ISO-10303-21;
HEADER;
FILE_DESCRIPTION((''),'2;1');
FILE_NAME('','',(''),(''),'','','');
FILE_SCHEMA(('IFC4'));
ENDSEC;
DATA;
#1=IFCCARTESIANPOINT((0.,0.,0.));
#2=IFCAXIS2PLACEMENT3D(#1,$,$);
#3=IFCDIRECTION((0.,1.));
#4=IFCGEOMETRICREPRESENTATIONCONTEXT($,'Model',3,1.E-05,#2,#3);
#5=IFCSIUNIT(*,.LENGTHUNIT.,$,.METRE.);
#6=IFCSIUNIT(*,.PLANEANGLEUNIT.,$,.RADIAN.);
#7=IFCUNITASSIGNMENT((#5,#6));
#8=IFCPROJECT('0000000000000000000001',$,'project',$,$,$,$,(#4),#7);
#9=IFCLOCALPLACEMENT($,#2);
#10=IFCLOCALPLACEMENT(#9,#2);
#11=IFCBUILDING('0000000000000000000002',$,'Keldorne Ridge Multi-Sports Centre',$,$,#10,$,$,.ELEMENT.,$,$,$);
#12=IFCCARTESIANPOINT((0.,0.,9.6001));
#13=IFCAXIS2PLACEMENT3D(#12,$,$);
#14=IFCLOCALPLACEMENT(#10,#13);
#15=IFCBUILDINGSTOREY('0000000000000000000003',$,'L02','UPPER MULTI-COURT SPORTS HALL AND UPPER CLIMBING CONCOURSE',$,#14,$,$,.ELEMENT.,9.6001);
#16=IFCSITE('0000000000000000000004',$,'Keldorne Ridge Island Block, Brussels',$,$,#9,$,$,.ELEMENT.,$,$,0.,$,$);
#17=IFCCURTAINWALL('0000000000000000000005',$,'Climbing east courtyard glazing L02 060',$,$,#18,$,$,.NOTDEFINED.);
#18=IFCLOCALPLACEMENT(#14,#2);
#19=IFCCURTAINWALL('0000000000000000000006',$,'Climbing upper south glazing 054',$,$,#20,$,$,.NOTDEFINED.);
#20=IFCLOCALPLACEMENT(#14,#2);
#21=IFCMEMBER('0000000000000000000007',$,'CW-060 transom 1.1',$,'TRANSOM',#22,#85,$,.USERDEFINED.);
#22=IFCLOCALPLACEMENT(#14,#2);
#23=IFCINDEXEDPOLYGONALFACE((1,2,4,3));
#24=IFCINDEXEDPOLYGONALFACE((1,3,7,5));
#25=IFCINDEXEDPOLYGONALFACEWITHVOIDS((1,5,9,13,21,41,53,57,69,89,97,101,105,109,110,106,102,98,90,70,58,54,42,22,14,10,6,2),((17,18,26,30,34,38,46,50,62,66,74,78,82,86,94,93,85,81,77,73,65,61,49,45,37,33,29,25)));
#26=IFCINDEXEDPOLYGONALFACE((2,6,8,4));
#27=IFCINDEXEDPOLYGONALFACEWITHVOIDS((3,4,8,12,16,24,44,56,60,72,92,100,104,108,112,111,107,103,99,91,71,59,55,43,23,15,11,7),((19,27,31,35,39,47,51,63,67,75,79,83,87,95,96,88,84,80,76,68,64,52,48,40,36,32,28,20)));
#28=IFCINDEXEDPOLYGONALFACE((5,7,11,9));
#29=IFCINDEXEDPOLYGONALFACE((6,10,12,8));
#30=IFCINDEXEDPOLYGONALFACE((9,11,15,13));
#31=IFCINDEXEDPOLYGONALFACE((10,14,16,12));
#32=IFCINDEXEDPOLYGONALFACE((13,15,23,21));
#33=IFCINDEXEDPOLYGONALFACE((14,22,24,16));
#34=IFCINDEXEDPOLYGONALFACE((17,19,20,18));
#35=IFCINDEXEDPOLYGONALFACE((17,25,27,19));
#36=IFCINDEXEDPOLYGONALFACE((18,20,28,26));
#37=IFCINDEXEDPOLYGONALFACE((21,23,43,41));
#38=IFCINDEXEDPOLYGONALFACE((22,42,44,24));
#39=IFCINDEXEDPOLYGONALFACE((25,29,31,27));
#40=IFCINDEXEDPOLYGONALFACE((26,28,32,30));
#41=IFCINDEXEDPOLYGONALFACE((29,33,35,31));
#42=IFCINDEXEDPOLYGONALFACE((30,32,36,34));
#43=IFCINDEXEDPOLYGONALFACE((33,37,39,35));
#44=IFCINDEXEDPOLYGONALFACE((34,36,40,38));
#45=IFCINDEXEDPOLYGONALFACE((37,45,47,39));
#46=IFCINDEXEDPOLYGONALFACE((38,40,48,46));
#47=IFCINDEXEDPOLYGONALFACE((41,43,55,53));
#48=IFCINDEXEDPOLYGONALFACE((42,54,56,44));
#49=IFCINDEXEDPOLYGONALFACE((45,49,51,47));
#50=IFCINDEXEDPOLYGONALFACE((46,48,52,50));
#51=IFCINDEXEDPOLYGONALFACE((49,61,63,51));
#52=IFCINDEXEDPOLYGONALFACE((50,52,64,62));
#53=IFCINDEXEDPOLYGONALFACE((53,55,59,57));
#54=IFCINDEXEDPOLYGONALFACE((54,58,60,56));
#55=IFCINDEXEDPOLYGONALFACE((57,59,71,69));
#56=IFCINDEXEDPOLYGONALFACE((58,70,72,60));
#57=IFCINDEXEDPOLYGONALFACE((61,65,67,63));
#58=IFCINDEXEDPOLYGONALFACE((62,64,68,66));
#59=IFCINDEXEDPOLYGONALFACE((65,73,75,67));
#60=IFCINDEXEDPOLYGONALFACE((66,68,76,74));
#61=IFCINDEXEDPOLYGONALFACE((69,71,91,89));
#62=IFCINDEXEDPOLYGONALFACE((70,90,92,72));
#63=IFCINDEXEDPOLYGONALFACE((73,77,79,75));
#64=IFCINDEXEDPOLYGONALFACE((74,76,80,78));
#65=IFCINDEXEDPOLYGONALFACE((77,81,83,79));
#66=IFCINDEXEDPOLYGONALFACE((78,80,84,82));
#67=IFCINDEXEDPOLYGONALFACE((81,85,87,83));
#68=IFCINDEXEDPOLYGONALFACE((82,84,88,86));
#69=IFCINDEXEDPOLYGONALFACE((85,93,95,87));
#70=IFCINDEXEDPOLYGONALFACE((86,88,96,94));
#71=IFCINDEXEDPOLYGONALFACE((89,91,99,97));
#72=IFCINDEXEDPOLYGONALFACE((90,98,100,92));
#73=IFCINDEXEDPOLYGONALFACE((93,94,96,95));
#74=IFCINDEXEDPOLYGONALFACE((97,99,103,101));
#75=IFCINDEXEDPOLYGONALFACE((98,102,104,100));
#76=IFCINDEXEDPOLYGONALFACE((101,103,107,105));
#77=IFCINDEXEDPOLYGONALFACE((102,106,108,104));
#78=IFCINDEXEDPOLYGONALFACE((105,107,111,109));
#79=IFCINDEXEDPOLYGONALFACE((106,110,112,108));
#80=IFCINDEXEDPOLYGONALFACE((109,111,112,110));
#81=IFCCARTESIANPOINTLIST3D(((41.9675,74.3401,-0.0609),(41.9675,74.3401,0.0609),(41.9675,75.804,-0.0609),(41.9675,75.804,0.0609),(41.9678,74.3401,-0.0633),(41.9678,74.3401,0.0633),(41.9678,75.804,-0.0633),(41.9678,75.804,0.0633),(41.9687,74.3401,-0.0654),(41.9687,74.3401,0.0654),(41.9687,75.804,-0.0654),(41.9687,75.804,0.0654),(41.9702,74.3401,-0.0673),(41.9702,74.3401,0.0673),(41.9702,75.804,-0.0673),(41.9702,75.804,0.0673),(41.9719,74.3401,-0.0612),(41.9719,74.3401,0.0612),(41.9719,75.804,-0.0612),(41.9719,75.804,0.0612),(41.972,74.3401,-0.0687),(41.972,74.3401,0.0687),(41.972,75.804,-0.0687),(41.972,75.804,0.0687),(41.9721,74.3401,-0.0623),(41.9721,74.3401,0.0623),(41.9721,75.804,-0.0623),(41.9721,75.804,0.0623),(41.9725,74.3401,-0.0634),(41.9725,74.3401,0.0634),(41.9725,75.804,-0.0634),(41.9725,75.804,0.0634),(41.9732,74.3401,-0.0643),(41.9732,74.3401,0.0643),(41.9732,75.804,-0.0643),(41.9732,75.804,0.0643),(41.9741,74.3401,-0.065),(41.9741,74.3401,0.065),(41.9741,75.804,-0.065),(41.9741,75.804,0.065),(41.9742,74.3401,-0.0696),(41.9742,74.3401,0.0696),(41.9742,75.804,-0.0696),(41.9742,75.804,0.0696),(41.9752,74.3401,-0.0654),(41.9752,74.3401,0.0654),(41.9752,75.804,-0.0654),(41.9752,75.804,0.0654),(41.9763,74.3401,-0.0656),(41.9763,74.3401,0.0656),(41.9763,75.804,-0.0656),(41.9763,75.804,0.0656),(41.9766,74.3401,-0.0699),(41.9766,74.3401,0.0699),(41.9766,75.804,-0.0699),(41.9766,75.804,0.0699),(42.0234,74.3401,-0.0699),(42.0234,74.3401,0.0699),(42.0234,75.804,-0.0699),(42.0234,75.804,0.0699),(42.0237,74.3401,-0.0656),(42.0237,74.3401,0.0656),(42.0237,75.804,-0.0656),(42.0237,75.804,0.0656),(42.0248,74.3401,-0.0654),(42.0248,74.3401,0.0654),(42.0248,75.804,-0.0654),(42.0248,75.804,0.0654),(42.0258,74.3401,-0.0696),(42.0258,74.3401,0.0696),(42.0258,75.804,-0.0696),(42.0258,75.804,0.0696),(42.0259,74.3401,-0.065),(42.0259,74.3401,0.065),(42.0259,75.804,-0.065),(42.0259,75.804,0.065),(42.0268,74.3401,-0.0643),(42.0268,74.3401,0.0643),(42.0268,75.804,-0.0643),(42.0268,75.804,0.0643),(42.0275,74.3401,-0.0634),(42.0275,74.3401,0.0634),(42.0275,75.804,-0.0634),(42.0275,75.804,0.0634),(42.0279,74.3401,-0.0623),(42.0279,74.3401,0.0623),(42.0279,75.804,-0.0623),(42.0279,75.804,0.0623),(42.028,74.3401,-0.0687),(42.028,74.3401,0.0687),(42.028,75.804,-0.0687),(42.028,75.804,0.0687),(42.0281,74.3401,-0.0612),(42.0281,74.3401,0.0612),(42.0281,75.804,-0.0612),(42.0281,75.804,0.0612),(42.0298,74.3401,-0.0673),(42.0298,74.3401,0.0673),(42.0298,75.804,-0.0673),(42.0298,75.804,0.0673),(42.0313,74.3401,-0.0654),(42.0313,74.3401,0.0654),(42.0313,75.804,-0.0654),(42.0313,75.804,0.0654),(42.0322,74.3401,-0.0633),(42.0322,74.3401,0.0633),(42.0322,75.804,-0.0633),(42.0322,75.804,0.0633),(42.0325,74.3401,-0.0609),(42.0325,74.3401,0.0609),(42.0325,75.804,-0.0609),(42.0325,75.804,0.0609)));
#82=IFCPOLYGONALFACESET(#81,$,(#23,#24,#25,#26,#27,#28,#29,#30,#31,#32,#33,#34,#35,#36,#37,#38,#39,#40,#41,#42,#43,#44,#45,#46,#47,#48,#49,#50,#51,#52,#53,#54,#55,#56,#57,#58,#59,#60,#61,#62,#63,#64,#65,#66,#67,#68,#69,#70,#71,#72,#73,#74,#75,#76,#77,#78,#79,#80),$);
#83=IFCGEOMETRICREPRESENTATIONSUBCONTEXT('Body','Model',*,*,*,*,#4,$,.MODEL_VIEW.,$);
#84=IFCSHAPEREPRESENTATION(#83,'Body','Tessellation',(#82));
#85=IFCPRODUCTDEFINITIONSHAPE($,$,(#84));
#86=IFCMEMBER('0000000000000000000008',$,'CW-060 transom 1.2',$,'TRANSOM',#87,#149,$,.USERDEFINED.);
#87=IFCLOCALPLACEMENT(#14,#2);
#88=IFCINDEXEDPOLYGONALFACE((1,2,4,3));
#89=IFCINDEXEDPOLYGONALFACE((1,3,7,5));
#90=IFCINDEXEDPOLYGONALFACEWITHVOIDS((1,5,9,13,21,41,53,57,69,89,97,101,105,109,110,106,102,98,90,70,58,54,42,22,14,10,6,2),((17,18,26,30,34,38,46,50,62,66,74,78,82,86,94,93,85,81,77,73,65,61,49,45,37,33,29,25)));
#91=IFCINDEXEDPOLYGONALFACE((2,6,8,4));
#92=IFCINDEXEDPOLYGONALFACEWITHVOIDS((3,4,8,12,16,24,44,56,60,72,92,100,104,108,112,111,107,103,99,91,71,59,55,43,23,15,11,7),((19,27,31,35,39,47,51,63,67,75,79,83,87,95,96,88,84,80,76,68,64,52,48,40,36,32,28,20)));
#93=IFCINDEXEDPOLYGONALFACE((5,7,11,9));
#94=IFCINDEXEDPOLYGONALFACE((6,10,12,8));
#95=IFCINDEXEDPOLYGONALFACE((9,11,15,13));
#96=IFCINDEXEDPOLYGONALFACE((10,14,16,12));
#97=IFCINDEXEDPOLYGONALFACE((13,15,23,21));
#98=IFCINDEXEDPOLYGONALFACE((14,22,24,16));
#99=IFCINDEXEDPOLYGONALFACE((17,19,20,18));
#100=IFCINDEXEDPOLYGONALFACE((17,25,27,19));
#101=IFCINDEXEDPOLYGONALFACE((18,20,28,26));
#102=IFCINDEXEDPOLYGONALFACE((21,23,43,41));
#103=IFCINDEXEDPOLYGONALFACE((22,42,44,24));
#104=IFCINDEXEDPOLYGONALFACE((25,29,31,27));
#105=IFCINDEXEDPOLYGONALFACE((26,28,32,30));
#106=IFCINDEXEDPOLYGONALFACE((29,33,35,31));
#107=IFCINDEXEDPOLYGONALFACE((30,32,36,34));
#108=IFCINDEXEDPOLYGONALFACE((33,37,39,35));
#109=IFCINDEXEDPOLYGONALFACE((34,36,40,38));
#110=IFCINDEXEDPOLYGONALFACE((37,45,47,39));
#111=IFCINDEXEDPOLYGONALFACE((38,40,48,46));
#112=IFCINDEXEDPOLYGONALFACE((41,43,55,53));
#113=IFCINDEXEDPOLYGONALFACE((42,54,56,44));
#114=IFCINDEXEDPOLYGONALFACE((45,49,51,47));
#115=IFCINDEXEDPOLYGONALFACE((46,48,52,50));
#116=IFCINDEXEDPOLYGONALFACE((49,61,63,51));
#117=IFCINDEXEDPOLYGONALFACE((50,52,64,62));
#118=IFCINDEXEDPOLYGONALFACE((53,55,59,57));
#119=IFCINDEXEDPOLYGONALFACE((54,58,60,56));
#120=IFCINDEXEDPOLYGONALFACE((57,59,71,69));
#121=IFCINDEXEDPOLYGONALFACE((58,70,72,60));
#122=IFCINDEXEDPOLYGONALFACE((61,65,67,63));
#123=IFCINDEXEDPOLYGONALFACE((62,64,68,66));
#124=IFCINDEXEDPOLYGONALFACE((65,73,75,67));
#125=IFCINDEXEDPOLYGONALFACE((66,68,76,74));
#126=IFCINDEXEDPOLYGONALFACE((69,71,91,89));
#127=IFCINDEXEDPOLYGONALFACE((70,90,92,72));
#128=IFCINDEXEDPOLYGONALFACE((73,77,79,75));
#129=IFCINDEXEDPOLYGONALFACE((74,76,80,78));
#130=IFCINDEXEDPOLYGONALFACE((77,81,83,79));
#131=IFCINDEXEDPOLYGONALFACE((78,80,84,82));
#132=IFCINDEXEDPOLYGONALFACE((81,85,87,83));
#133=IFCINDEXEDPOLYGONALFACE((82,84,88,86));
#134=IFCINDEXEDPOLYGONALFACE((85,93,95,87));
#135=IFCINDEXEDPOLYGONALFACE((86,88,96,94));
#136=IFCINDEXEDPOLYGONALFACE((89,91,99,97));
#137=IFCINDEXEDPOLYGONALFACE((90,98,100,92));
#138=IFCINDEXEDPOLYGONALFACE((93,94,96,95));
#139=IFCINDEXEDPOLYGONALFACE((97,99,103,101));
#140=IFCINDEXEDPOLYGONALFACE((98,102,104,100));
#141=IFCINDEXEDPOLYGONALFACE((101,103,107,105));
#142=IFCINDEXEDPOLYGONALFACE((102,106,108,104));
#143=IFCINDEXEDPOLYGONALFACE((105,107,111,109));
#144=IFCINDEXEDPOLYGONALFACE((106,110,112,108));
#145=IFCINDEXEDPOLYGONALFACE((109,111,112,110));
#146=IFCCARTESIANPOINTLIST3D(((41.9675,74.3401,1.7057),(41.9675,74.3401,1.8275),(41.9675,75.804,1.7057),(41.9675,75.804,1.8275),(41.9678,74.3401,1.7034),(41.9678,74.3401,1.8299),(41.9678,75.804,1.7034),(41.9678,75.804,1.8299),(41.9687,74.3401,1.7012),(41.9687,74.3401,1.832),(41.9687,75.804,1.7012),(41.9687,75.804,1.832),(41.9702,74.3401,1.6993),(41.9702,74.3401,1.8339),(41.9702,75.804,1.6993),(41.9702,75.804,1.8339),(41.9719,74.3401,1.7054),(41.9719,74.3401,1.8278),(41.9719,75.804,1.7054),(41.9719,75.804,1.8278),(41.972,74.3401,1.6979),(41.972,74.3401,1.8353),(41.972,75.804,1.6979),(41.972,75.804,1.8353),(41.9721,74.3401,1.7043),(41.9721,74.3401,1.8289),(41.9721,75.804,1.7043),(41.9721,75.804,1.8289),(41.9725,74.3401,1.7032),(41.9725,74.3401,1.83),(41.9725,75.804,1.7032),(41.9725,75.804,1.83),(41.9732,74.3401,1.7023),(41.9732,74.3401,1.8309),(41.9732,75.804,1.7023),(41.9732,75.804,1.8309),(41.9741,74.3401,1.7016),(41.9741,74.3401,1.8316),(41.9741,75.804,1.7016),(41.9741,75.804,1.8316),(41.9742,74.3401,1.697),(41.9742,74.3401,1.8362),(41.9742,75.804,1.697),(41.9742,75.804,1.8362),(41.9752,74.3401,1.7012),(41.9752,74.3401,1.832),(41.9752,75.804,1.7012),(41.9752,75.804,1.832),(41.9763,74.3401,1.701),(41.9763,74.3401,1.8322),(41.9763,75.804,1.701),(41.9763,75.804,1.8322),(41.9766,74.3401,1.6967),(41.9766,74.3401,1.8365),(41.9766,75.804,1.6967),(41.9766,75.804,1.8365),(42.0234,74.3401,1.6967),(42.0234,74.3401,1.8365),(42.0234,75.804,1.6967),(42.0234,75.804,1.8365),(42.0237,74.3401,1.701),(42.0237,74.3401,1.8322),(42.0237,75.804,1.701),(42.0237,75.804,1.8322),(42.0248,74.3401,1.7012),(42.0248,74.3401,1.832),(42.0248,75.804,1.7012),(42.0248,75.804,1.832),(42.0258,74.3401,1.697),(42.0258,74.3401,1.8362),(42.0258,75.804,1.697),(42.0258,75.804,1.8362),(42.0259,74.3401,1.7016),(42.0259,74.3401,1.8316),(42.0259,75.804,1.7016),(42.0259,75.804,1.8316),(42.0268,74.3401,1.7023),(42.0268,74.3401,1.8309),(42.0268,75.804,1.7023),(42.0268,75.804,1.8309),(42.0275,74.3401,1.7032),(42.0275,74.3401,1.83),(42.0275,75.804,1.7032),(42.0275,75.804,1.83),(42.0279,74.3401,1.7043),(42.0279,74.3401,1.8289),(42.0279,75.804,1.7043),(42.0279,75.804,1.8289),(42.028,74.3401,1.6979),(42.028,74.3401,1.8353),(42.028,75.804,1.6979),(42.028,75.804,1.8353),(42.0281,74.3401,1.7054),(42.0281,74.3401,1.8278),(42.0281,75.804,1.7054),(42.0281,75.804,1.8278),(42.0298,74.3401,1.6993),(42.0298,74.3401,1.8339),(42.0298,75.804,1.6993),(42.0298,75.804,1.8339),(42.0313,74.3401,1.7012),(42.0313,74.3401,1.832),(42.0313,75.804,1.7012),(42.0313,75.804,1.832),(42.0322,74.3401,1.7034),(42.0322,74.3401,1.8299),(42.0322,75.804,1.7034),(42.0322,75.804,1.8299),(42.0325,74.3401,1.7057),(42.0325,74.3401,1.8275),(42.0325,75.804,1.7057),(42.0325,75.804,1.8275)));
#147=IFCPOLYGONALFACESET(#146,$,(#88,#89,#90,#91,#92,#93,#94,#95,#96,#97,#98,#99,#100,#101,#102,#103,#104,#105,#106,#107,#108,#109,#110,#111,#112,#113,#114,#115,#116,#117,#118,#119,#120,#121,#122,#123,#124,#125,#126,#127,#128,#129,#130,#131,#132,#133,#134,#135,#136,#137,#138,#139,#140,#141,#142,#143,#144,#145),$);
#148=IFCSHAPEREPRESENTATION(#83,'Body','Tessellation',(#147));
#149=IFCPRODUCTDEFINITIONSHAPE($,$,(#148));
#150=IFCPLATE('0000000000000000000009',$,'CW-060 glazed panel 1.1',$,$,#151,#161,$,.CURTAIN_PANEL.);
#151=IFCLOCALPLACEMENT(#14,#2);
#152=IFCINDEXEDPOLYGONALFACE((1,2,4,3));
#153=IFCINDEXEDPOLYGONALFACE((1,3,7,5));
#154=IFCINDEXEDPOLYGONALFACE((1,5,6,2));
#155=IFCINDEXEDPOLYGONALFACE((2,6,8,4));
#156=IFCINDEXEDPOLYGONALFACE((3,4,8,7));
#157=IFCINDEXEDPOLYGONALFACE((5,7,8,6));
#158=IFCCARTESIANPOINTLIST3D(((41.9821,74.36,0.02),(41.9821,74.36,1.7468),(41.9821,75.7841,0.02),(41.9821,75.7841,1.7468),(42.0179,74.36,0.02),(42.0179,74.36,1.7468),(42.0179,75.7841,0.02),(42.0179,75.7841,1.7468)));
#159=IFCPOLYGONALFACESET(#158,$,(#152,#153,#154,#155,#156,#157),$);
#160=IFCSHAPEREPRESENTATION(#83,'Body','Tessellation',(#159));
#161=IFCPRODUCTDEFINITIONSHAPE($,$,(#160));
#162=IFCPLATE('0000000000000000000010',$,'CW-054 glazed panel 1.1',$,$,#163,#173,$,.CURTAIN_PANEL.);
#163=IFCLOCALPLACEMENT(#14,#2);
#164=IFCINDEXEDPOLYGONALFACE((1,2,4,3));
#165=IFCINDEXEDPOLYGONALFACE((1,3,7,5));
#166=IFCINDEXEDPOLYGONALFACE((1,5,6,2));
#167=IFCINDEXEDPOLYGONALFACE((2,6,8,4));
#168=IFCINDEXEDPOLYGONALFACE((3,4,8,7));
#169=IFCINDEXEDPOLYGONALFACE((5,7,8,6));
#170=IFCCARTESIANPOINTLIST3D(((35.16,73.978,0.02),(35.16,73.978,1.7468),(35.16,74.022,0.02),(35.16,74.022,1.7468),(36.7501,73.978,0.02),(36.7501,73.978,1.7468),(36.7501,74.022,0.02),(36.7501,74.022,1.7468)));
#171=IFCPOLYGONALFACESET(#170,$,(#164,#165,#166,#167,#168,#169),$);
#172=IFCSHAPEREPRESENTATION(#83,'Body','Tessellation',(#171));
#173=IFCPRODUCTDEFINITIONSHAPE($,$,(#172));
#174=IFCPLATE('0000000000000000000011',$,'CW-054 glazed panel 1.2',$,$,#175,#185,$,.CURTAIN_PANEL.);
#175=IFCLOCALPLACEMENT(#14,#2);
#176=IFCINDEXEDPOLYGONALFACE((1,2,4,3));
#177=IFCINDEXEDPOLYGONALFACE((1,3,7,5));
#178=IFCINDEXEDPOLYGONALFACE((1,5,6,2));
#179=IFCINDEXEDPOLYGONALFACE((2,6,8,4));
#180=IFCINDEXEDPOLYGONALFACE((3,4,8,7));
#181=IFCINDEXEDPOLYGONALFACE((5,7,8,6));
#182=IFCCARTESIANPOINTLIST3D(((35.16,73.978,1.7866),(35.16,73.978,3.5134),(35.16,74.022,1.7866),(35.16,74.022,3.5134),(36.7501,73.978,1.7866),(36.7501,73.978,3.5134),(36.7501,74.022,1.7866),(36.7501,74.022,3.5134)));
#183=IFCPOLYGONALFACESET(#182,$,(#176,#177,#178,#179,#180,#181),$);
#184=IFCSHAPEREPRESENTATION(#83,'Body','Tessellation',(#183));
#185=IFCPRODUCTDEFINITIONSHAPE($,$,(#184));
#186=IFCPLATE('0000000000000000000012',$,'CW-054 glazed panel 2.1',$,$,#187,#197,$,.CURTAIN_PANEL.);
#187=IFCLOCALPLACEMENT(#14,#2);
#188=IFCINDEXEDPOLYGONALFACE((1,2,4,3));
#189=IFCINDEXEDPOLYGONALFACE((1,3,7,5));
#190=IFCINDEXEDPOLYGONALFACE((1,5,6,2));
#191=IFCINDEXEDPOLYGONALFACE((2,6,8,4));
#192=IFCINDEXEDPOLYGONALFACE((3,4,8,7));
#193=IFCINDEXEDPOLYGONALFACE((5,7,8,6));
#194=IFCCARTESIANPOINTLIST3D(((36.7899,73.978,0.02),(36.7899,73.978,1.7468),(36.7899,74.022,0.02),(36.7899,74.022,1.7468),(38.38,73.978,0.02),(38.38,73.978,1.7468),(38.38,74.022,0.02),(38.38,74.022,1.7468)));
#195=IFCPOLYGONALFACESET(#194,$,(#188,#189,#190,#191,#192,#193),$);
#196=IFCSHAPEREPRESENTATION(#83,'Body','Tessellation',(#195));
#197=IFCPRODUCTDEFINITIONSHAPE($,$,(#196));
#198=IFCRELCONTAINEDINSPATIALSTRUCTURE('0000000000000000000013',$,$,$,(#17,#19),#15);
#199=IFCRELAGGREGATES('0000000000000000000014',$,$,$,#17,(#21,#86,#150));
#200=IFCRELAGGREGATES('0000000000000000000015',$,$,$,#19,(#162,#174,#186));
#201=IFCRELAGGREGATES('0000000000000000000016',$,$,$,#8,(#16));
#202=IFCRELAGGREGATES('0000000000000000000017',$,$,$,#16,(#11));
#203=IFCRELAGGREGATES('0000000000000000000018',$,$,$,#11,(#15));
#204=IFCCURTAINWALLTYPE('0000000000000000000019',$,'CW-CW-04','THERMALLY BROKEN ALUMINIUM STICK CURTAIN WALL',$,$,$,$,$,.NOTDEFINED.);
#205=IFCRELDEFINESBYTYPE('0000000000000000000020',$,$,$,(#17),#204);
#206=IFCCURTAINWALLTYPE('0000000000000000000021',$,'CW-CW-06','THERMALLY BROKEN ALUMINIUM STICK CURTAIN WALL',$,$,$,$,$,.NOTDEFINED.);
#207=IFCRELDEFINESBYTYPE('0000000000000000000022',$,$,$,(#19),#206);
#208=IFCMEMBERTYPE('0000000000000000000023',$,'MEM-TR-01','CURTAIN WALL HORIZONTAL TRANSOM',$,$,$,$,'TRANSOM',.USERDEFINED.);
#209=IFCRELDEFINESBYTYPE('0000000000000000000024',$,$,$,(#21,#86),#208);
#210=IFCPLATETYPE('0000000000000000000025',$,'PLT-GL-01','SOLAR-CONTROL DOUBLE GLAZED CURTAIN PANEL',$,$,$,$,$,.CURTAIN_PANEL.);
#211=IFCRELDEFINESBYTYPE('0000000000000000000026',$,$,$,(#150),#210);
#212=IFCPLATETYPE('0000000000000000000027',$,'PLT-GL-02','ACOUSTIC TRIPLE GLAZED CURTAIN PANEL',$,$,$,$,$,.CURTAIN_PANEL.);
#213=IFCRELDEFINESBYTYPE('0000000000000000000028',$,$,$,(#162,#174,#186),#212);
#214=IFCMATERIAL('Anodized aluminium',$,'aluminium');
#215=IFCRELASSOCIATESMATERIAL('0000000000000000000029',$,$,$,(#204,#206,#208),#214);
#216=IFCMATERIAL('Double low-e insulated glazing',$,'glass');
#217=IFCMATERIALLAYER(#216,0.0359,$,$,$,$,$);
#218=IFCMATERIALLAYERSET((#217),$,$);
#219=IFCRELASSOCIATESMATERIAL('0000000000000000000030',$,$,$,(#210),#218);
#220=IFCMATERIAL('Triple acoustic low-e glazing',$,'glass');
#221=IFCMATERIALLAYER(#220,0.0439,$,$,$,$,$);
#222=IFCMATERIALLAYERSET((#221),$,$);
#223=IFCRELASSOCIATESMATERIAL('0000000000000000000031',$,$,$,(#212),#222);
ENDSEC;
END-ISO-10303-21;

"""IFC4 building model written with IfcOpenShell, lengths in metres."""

from ifc_helpers import new_model, si_unit, direction, frame, origin, origin_2d, place, context, subcontext, project, spatial, rectangle, hollow_rectangle, extrude, material, layer, layer_set, material_profile, profile_set, type_object, element, aggregate, save


model = new_model("IFC4")

# Units and contexts
model_context = context("Model", 3, precision=1e-05, world=origin(), true_north=direction((0.0, 1.0)))
body_context = subcontext(model_context, "Body", "Model", "MODEL_VIEW")
ifc_project = project(units=[si_unit("LENGTHUNIT", "METRE"), si_unit("PLANEANGLEUNIT", "RADIAN")], contexts=[model_context])

# Site, building, storey
site_placement = place(None, origin())
site = spatial("IfcSite", under=ifc_project, at=site_placement, Name="Keldorne Ridge Island Block, Brussels", CompositionType="ELEMENT", RefElevation=0.0)
building_placement = place(site_placement, origin())
building = spatial("IfcBuilding", under=site, at=building_placement, Name="Keldorne Ridge Multi-Sports Centre", CompositionType="ELEMENT")
storey_placement = place(building_placement, frame((0.0, 0.0, 9.6001)))
storey = spatial("IfcBuildingStorey", under=building, at=storey_placement, Name="L02", Description="UPPER MULTI-COURT SPORTS HALL AND UPPER CLIMBING CONCOURSE", CompositionType="ELEMENT", Elevation=9.6001)

# Curtain wall
ifc_material_1 = material(Name="Anodized aluminium", Category="aluminium")
curtain_wall_type_1 = type_object("IfcCurtainWallType", Name="CW-CW-04", Description="THERMALLY BROKEN ALUMINIUM STICK CURTAIN WALL", PredefinedType="NOTDEFINED", material=ifc_material_1)
curtain_wall_1_placement = place(storey_placement, origin())
curtain_wall_1 = element("IfcCurtainWall", 1, at=curtain_wall_1_placement, inside=storey, type_object=curtain_wall_type_1, Name="Climbing east courtyard glazing L02 060", PredefinedType="NOTDEFINED")

# Curtain wall
curtain_wall_type_2 = type_object("IfcCurtainWallType", Name="CW-CW-06", Description="THERMALLY BROKEN ALUMINIUM STICK CURTAIN WALL", PredefinedType="NOTDEFINED", material=ifc_material_1)
curtain_wall_2_placement = place(storey_placement, origin())
curtain_wall_2 = element("IfcCurtainWall", 2, at=curtain_wall_2_placement, inside=storey, type_object=curtain_wall_type_2, Name="Climbing upper south glazing 054", PredefinedType="NOTDEFINED")
ifc_material_profile_1 = material_profile(ifc_material_1, hollow_rectangle(XDim=0.0649, YDim=0.1399, WallThickness=0.0044, InnerFilletRadius=0.0044, OuterFilletRadius=0.009, at=origin_2d()), Name="ALU TRANSOM 140x65x4.5")
ifc_profile_set_1 = profile_set([ifc_material_profile_1], Name="Anodized aluminium")
member_type_1 = type_object("IfcMemberType", Name="MEM-TR-01", Description="CURTAIN WALL HORIZONTAL TRANSOM", ElementType="TRANSOM", PredefinedType="USERDEFINED", material=ifc_profile_set_1)

# Members
member_1_placement = place(storey_placement, frame((42.0, 74.3401, 0.0), z_axis=(0.0, 1.0, 0.0), x_axis=(-1.0, 0.0, 0.0)))
member_1 = element("IfcMember", 3, at=member_1_placement, type_object=member_type_1, Name="CW-060 transom 1.1", ObjectType="TRANSOM", PredefinedType="USERDEFINED", context=body_context, shape_type="SweptSolid", body=[
    extrude(hollow_rectangle(XDim=0.0649, YDim=0.1399, WallThickness=0.0044, InnerFilletRadius=0.0044, OuterFilletRadius=0.009, at=origin_2d()), origin(), (0.0, 0.0, 1.0), 1.4639),
])
member_2_placement = place(storey_placement, frame((42.0, 74.3401, 1.7666), z_axis=(0.0, 1.0, 0.0), x_axis=(-1.0, 0.0, 0.0)))
member_2 = element("IfcMember", 4, at=member_2_placement, type_object=member_type_1, Name="CW-060 transom 1.2", ObjectType="TRANSOM", PredefinedType="USERDEFINED", context=body_context, shape_type="SweptSolid", body=[
    extrude(hollow_rectangle(XDim=0.0649, YDim=0.1399, WallThickness=0.0044, InnerFilletRadius=0.0044, OuterFilletRadius=0.009, at=origin_2d()), origin(), (0.0, 0.0, 1.0), 1.4639),
])

# Plates
ifc_material_2 = material(Name="Double low-e insulated glazing", Category="glass")
ifc_layer_1 = layer(ifc_material_2, 0.0359)
ifc_layer_set_1 = layer_set([ifc_layer_1])
plate_type_1 = type_object("IfcPlateType", Name="PLT-GL-01", Description="SOLAR-CONTROL DOUBLE GLAZED CURTAIN PANEL", PredefinedType="CURTAIN_PANEL", material=ifc_layer_set_1)
plate_1_placement = place(storey_placement, frame((42.0, 75.072, 0.02), z_axis=(0.0, 0.0, 1.0), x_axis=(0.0, 1.0, 0.0)))
plate_1 = element("IfcPlate", 5, at=plate_1_placement, type_object=plate_type_1, Name="CW-060 glazed panel 1.1", PredefinedType="CURTAIN_PANEL", context=body_context, shape_type="SweptSolid", body=[
    extrude(rectangle(XDim=1.4241, YDim=0.0359, at=origin_2d()), origin(), (0.0, 0.0, 1.0), 1.7268),
])
aggregate(curtain_wall_1, [member_1, member_2, plate_1])
ifc_material_3 = material(Name="Triple acoustic low-e glazing", Category="glass")
ifc_layer_2 = layer(ifc_material_3, 0.0439)
ifc_layer_set_2 = layer_set([ifc_layer_2])
plate_type_2 = type_object("IfcPlateType", Name="PLT-GL-02", Description="ACOUSTIC TRIPLE GLAZED CURTAIN PANEL", PredefinedType="CURTAIN_PANEL", material=ifc_layer_set_2)
plate_2_placement = place(storey_placement, frame((35.9551, 74.0, 0.02), z_axis=(0.0, 0.0, 1.0), x_axis=(1.0, 0.0, 0.0)))
plate_2 = element("IfcPlate", 6, at=plate_2_placement, type_object=plate_type_2, Name="CW-054 glazed panel 1.1", PredefinedType="CURTAIN_PANEL", context=body_context, shape_type="SweptSolid", body=[
    extrude(rectangle(XDim=1.5901, YDim=0.0439, at=origin_2d()), origin(), (0.0, 0.0, 1.0), 1.7268),
])
plate_3_placement = place(storey_placement, frame((35.9551, 74.0, 1.7866), z_axis=(0.0, 0.0, 1.0), x_axis=(1.0, 0.0, 0.0)))
plate_3 = element("IfcPlate", 7, at=plate_3_placement, type_object=plate_type_2, Name="CW-054 glazed panel 1.2", PredefinedType="CURTAIN_PANEL", context=body_context, shape_type="SweptSolid", body=[
    extrude(rectangle(XDim=1.5901, YDim=0.0439, at=origin_2d()), origin(), (0.0, 0.0, 1.0), 1.7268),
])
plate_4_placement = place(storey_placement, frame((37.585, 74.0, 0.02), z_axis=(0.0, 0.0, 1.0), x_axis=(1.0, 0.0, 0.0)))
plate_4 = element("IfcPlate", 8, at=plate_4_placement, type_object=plate_type_2, Name="CW-054 glazed panel 2.1", PredefinedType="CURTAIN_PANEL", context=body_context, shape_type="SweptSolid", body=[
    extrude(rectangle(XDim=1.5901, YDim=0.0439, at=origin_2d()), origin(), (0.0, 0.0, 1.0), 1.7268),
])
aggregate(curtain_wall_2, [plate_2, plate_3, plate_4])

save(model, "model.ifc")
